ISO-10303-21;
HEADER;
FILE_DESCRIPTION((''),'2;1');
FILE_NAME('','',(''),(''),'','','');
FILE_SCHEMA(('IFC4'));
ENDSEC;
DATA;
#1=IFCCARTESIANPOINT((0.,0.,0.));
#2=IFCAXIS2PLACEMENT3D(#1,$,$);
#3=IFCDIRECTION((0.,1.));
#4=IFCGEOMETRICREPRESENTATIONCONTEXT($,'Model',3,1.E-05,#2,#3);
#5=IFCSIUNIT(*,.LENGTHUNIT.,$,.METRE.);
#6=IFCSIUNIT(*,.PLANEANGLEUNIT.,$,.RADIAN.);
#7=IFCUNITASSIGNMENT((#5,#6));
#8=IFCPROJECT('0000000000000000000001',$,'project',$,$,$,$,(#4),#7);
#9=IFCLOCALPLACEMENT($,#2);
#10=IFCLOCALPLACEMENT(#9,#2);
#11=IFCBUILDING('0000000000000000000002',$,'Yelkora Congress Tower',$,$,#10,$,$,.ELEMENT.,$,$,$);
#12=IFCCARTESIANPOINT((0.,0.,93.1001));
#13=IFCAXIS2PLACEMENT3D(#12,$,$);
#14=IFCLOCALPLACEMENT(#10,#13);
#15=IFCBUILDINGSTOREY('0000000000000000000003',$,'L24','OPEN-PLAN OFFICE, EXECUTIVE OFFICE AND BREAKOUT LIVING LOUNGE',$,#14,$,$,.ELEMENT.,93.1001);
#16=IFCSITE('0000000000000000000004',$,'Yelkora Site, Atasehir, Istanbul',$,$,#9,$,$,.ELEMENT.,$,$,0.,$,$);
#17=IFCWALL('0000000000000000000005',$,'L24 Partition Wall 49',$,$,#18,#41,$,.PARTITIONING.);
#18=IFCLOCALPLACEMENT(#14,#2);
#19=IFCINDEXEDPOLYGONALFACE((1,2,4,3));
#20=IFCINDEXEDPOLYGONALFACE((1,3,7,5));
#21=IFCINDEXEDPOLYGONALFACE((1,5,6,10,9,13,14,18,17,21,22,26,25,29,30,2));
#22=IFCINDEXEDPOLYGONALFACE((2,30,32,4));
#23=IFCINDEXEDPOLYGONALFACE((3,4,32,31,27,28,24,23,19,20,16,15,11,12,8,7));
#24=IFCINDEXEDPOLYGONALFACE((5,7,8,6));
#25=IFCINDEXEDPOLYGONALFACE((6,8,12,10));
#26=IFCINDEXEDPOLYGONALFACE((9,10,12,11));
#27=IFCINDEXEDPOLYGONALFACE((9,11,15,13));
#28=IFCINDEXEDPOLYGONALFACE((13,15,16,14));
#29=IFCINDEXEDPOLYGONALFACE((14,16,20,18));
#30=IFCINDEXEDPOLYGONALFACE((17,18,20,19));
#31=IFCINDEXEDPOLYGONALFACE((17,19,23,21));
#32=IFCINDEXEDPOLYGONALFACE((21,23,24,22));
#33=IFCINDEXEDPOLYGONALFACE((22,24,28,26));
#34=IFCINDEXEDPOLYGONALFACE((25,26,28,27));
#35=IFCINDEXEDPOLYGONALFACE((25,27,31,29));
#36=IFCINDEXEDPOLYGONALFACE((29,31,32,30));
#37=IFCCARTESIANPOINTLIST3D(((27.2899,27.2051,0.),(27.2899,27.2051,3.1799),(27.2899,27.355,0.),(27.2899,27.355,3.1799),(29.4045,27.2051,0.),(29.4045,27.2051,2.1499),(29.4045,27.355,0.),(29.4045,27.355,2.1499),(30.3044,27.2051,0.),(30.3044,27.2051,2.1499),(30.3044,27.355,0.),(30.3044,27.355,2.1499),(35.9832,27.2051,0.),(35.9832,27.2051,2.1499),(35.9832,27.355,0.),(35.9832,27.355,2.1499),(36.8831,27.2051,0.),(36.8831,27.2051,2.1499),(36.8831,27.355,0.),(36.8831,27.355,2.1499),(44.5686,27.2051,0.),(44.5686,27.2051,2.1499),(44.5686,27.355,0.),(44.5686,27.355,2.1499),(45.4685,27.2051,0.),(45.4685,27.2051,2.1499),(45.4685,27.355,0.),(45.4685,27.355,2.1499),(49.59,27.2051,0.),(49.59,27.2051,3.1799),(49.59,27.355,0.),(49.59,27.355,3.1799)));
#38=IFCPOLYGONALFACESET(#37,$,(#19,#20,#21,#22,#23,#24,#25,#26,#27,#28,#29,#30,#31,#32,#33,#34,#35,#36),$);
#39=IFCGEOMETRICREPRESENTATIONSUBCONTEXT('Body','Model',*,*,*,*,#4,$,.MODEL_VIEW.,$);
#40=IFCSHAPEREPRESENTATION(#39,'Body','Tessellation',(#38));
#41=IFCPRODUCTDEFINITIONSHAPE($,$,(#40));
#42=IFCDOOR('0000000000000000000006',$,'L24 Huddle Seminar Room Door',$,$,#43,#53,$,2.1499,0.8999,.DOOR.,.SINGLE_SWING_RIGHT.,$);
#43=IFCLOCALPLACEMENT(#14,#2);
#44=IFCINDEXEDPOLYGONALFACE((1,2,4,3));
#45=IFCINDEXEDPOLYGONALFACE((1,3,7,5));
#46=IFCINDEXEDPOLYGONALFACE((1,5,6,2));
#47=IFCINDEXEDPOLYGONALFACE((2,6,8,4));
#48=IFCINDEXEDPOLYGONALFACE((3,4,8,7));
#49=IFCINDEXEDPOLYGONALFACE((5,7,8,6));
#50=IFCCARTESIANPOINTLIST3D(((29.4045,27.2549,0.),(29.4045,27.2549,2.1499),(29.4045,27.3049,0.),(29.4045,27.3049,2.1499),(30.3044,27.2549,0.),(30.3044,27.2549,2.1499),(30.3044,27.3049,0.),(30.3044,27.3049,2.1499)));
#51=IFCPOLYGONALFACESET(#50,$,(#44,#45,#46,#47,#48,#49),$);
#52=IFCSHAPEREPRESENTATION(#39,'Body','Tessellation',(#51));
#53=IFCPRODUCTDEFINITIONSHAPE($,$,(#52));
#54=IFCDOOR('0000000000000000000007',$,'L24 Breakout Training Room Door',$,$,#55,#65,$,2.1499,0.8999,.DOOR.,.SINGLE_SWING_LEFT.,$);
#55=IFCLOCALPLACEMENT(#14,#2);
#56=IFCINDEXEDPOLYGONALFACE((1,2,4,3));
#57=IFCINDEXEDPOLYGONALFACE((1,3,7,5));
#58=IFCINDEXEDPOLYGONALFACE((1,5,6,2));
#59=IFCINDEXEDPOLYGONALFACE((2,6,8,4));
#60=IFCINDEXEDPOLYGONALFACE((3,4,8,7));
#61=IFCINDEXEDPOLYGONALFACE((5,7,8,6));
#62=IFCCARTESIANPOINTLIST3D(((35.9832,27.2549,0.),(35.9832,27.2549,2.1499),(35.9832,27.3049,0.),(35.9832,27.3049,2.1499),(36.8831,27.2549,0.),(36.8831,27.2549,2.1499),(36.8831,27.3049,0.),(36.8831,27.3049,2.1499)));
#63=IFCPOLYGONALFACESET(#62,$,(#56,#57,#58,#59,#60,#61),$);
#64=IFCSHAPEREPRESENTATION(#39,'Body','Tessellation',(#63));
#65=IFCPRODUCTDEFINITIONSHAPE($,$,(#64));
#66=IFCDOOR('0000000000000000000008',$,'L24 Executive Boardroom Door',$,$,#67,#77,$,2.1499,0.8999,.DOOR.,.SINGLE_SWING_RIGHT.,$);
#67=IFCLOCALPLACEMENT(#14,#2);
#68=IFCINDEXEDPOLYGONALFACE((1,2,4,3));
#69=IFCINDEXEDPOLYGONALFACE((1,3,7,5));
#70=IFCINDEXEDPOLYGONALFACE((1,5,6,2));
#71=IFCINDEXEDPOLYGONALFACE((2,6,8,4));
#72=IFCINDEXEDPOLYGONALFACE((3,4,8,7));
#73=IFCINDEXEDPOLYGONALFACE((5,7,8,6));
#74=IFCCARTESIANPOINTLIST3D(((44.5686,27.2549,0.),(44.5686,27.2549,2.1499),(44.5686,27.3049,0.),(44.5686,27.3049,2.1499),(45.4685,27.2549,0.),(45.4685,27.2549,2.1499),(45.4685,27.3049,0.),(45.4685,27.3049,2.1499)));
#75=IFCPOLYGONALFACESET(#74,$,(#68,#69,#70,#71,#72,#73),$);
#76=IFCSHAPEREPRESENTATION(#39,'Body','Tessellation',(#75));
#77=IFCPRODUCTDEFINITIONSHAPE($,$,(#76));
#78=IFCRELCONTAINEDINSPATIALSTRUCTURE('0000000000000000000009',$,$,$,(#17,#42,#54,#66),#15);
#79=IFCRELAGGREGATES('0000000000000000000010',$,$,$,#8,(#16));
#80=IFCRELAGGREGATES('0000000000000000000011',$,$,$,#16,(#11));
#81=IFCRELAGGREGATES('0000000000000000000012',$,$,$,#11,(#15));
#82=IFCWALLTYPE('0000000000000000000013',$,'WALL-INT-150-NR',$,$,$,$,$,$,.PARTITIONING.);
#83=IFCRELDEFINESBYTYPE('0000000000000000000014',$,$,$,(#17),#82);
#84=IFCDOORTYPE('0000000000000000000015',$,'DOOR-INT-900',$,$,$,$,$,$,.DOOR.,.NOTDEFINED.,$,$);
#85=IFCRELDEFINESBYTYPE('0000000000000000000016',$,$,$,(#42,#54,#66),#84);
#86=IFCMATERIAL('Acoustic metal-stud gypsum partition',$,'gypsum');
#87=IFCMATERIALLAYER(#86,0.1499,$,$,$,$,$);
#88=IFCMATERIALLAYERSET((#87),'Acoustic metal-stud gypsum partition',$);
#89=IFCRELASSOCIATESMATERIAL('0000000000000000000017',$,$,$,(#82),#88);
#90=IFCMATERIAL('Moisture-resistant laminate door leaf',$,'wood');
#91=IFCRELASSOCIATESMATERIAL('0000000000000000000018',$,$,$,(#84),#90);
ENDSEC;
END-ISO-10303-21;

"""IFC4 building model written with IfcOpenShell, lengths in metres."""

from ifc_helpers import new_model, si_unit, direction, frame, frame_2d, origin, place, context, subcontext, project, spatial, rectangle, extrude, material, layer, layer_set, type_object, element, fill, save


model = new_model("IFC4")

# Units and contexts
model_context = context("Model", 3, precision=1e-05, world=origin(), true_north=direction((0.0, 1.0)))
body_context = subcontext(model_context, "Body", "Model", "MODEL_VIEW")
ifc_project = project(units=[si_unit("LENGTHUNIT", "METRE"), si_unit("PLANEANGLEUNIT", "RADIAN")], contexts=[model_context])

# Site, building, storey
site_placement = place(None, origin())
site = spatial("IfcSite", under=ifc_project, at=site_placement, Name="Yelkora Site, Atasehir, Istanbul", CompositionType="ELEMENT", RefElevation=0.0)
building_placement = place(site_placement, origin())
building = spatial("IfcBuilding", under=site, at=building_placement, Name="Yelkora Congress Tower", CompositionType="ELEMENT")
storey_placement = place(building_placement, frame((0.0, 0.0, 93.1001)))
storey = spatial("IfcBuildingStorey", under=building, at=storey_placement, Name="L24", Description="OPEN-PLAN OFFICE, EXECUTIVE OFFICE AND BREAKOUT LIVING LOUNGE", CompositionType="ELEMENT", Elevation=93.1001)

# Shared definitions
ifc_material_1 = material(Name="Acoustic metal-stud gypsum partition", Category="gypsum")
ifc_layer = layer(ifc_material_1, 0.1499)
ifc_layer_set = layer_set([ifc_layer], Name="Acoustic metal-stud gypsum partition")
wall_type = type_object("IfcWallType", Name="WALL-INT-150-NR", PredefinedType="PARTITIONING", material=ifc_layer_set)
ifc_material_2 = material(Name="Moisture-resistant laminate door leaf", Category="wood")
door_type = type_object("IfcDoorType", Name="DOOR-INT-900", OperationType="NOTDEFINED", PredefinedType="DOOR", material=ifc_material_2)

# Wall, openings, doors
wall_1_placement = place(storey_placement, frame((27.29, 27.28, 0.0), z_axis=(0.0, 0.0, 1.0), x_axis=(1.0, 0.0, 0.0)))
wall_1 = element("IfcWall", 1, at=wall_1_placement, inside=storey, type_object=wall_type, Name="L24 Partition Wall 49", PredefinedType="PARTITIONING", context=body_context, shape_type="SweptSolid", body=[
    extrude(rectangle(XDim=22.3, YDim=0.1499, at=frame_2d((11.1499, 0.0))), origin(), (0.0, 0.0, 1.0), 3.1799),
])
opening_1_placement = place(wall_1_placement, frame((2.1145, 0.0, 0.0)))
opening_1 = element("IfcOpeningElement", 2, at=opening_1_placement, cuts=wall_1, PredefinedType="OPENING", context=body_context, shape_type="SweptSolid", body=[
    extrude(rectangle(XDim=0.8999, YDim=2.1499, at=frame_2d((0.45, 1.075))), frame((0.0, 0.085, 0.0), z_axis=(0.0, -1.0, 0.0), x_axis=(1.0, 0.0, 0.0)), (0.0, 0.0, 1.0), 0.1699),
])
opening_2_placement = place(wall_1_placement, frame((8.6931, 0.0, 0.0)))
opening_2 = element("IfcOpeningElement", 3, at=opening_2_placement, cuts=wall_1, PredefinedType="OPENING", context=body_context, shape_type="SweptSolid", body=[
    extrude(rectangle(XDim=0.8999, YDim=2.1499, at=frame_2d((0.45, 1.075))), frame((0.0, 0.085, 0.0), z_axis=(0.0, -1.0, 0.0), x_axis=(1.0, 0.0, 0.0)), (0.0, 0.0, 1.0), 0.1699),
])
opening_3_placement = place(wall_1_placement, frame((17.2786, 0.0, 0.0)))
opening_3 = element("IfcOpeningElement", 4, at=opening_3_placement, cuts=wall_1, PredefinedType="OPENING", context=body_context, shape_type="SweptSolid", body=[
    extrude(rectangle(XDim=0.8999, YDim=2.1499, at=frame_2d((0.45, 1.075))), frame((0.0, 0.085, 0.0), z_axis=(0.0, -1.0, 0.0), x_axis=(1.0, 0.0, 0.0)), (0.0, 0.0, 1.0), 0.1699),
])
door_1_placement = place(opening_1_placement, origin())
door_1 = element("IfcDoor", 5, at=door_1_placement, inside=storey, type_object=door_type, Name="L24 Huddle Seminar Room Door", OperationType="SINGLE_SWING_RIGHT", OverallHeight=2.1499, OverallWidth=0.8999, PredefinedType="DOOR", context=body_context, shape_type="SweptSolid", body=[
    extrude(rectangle(XDim=0.8999, YDim=2.1499, at=frame_2d((0.45, 1.075))), frame((0.0, 0.0249, 0.0), z_axis=(0.0, -1.0, 0.0), x_axis=(1.0, 0.0, 0.0)), (0.0, 0.0, 1.0), 0.05),
])
fill(opening_1, door_1)
door_2_placement = place(opening_2_placement, origin())
door_2 = element("IfcDoor", 6, at=door_2_placement, inside=storey, type_object=door_type, Name="L24 Breakout Training Room Door", OperationType="SINGLE_SWING_LEFT", OverallHeight=2.1499, OverallWidth=0.8999, PredefinedType="DOOR", context=body_context, shape_type="SweptSolid", body=[
    extrude(rectangle(XDim=0.8999, YDim=2.1499, at=frame_2d((0.45, 1.075))), frame((0.0, 0.0249, 0.0), z_axis=(0.0, -1.0, 0.0), x_axis=(1.0, 0.0, 0.0)), (0.0, 0.0, 1.0), 0.05),
])
fill(opening_2, door_2)
door_3_placement = place(opening_3_placement, origin())
door_3 = element("IfcDoor", 7, at=door_3_placement, inside=storey, type_object=door_type, Name="L24 Executive Boardroom Door", OperationType="SINGLE_SWING_RIGHT", OverallHeight=2.1499, OverallWidth=0.8999, PredefinedType="DOOR", context=body_context, shape_type="SweptSolid", body=[
    extrude(rectangle(XDim=0.8999, YDim=2.1499, at=frame_2d((0.45, 1.075))), frame((0.0, 0.0249, 0.0), z_axis=(0.0, -1.0, 0.0), x_axis=(1.0, 0.0, 0.0)), (0.0, 0.0, 1.0), 0.05),
])
fill(opening_3, door_3)

save(model, "model.ifc")
